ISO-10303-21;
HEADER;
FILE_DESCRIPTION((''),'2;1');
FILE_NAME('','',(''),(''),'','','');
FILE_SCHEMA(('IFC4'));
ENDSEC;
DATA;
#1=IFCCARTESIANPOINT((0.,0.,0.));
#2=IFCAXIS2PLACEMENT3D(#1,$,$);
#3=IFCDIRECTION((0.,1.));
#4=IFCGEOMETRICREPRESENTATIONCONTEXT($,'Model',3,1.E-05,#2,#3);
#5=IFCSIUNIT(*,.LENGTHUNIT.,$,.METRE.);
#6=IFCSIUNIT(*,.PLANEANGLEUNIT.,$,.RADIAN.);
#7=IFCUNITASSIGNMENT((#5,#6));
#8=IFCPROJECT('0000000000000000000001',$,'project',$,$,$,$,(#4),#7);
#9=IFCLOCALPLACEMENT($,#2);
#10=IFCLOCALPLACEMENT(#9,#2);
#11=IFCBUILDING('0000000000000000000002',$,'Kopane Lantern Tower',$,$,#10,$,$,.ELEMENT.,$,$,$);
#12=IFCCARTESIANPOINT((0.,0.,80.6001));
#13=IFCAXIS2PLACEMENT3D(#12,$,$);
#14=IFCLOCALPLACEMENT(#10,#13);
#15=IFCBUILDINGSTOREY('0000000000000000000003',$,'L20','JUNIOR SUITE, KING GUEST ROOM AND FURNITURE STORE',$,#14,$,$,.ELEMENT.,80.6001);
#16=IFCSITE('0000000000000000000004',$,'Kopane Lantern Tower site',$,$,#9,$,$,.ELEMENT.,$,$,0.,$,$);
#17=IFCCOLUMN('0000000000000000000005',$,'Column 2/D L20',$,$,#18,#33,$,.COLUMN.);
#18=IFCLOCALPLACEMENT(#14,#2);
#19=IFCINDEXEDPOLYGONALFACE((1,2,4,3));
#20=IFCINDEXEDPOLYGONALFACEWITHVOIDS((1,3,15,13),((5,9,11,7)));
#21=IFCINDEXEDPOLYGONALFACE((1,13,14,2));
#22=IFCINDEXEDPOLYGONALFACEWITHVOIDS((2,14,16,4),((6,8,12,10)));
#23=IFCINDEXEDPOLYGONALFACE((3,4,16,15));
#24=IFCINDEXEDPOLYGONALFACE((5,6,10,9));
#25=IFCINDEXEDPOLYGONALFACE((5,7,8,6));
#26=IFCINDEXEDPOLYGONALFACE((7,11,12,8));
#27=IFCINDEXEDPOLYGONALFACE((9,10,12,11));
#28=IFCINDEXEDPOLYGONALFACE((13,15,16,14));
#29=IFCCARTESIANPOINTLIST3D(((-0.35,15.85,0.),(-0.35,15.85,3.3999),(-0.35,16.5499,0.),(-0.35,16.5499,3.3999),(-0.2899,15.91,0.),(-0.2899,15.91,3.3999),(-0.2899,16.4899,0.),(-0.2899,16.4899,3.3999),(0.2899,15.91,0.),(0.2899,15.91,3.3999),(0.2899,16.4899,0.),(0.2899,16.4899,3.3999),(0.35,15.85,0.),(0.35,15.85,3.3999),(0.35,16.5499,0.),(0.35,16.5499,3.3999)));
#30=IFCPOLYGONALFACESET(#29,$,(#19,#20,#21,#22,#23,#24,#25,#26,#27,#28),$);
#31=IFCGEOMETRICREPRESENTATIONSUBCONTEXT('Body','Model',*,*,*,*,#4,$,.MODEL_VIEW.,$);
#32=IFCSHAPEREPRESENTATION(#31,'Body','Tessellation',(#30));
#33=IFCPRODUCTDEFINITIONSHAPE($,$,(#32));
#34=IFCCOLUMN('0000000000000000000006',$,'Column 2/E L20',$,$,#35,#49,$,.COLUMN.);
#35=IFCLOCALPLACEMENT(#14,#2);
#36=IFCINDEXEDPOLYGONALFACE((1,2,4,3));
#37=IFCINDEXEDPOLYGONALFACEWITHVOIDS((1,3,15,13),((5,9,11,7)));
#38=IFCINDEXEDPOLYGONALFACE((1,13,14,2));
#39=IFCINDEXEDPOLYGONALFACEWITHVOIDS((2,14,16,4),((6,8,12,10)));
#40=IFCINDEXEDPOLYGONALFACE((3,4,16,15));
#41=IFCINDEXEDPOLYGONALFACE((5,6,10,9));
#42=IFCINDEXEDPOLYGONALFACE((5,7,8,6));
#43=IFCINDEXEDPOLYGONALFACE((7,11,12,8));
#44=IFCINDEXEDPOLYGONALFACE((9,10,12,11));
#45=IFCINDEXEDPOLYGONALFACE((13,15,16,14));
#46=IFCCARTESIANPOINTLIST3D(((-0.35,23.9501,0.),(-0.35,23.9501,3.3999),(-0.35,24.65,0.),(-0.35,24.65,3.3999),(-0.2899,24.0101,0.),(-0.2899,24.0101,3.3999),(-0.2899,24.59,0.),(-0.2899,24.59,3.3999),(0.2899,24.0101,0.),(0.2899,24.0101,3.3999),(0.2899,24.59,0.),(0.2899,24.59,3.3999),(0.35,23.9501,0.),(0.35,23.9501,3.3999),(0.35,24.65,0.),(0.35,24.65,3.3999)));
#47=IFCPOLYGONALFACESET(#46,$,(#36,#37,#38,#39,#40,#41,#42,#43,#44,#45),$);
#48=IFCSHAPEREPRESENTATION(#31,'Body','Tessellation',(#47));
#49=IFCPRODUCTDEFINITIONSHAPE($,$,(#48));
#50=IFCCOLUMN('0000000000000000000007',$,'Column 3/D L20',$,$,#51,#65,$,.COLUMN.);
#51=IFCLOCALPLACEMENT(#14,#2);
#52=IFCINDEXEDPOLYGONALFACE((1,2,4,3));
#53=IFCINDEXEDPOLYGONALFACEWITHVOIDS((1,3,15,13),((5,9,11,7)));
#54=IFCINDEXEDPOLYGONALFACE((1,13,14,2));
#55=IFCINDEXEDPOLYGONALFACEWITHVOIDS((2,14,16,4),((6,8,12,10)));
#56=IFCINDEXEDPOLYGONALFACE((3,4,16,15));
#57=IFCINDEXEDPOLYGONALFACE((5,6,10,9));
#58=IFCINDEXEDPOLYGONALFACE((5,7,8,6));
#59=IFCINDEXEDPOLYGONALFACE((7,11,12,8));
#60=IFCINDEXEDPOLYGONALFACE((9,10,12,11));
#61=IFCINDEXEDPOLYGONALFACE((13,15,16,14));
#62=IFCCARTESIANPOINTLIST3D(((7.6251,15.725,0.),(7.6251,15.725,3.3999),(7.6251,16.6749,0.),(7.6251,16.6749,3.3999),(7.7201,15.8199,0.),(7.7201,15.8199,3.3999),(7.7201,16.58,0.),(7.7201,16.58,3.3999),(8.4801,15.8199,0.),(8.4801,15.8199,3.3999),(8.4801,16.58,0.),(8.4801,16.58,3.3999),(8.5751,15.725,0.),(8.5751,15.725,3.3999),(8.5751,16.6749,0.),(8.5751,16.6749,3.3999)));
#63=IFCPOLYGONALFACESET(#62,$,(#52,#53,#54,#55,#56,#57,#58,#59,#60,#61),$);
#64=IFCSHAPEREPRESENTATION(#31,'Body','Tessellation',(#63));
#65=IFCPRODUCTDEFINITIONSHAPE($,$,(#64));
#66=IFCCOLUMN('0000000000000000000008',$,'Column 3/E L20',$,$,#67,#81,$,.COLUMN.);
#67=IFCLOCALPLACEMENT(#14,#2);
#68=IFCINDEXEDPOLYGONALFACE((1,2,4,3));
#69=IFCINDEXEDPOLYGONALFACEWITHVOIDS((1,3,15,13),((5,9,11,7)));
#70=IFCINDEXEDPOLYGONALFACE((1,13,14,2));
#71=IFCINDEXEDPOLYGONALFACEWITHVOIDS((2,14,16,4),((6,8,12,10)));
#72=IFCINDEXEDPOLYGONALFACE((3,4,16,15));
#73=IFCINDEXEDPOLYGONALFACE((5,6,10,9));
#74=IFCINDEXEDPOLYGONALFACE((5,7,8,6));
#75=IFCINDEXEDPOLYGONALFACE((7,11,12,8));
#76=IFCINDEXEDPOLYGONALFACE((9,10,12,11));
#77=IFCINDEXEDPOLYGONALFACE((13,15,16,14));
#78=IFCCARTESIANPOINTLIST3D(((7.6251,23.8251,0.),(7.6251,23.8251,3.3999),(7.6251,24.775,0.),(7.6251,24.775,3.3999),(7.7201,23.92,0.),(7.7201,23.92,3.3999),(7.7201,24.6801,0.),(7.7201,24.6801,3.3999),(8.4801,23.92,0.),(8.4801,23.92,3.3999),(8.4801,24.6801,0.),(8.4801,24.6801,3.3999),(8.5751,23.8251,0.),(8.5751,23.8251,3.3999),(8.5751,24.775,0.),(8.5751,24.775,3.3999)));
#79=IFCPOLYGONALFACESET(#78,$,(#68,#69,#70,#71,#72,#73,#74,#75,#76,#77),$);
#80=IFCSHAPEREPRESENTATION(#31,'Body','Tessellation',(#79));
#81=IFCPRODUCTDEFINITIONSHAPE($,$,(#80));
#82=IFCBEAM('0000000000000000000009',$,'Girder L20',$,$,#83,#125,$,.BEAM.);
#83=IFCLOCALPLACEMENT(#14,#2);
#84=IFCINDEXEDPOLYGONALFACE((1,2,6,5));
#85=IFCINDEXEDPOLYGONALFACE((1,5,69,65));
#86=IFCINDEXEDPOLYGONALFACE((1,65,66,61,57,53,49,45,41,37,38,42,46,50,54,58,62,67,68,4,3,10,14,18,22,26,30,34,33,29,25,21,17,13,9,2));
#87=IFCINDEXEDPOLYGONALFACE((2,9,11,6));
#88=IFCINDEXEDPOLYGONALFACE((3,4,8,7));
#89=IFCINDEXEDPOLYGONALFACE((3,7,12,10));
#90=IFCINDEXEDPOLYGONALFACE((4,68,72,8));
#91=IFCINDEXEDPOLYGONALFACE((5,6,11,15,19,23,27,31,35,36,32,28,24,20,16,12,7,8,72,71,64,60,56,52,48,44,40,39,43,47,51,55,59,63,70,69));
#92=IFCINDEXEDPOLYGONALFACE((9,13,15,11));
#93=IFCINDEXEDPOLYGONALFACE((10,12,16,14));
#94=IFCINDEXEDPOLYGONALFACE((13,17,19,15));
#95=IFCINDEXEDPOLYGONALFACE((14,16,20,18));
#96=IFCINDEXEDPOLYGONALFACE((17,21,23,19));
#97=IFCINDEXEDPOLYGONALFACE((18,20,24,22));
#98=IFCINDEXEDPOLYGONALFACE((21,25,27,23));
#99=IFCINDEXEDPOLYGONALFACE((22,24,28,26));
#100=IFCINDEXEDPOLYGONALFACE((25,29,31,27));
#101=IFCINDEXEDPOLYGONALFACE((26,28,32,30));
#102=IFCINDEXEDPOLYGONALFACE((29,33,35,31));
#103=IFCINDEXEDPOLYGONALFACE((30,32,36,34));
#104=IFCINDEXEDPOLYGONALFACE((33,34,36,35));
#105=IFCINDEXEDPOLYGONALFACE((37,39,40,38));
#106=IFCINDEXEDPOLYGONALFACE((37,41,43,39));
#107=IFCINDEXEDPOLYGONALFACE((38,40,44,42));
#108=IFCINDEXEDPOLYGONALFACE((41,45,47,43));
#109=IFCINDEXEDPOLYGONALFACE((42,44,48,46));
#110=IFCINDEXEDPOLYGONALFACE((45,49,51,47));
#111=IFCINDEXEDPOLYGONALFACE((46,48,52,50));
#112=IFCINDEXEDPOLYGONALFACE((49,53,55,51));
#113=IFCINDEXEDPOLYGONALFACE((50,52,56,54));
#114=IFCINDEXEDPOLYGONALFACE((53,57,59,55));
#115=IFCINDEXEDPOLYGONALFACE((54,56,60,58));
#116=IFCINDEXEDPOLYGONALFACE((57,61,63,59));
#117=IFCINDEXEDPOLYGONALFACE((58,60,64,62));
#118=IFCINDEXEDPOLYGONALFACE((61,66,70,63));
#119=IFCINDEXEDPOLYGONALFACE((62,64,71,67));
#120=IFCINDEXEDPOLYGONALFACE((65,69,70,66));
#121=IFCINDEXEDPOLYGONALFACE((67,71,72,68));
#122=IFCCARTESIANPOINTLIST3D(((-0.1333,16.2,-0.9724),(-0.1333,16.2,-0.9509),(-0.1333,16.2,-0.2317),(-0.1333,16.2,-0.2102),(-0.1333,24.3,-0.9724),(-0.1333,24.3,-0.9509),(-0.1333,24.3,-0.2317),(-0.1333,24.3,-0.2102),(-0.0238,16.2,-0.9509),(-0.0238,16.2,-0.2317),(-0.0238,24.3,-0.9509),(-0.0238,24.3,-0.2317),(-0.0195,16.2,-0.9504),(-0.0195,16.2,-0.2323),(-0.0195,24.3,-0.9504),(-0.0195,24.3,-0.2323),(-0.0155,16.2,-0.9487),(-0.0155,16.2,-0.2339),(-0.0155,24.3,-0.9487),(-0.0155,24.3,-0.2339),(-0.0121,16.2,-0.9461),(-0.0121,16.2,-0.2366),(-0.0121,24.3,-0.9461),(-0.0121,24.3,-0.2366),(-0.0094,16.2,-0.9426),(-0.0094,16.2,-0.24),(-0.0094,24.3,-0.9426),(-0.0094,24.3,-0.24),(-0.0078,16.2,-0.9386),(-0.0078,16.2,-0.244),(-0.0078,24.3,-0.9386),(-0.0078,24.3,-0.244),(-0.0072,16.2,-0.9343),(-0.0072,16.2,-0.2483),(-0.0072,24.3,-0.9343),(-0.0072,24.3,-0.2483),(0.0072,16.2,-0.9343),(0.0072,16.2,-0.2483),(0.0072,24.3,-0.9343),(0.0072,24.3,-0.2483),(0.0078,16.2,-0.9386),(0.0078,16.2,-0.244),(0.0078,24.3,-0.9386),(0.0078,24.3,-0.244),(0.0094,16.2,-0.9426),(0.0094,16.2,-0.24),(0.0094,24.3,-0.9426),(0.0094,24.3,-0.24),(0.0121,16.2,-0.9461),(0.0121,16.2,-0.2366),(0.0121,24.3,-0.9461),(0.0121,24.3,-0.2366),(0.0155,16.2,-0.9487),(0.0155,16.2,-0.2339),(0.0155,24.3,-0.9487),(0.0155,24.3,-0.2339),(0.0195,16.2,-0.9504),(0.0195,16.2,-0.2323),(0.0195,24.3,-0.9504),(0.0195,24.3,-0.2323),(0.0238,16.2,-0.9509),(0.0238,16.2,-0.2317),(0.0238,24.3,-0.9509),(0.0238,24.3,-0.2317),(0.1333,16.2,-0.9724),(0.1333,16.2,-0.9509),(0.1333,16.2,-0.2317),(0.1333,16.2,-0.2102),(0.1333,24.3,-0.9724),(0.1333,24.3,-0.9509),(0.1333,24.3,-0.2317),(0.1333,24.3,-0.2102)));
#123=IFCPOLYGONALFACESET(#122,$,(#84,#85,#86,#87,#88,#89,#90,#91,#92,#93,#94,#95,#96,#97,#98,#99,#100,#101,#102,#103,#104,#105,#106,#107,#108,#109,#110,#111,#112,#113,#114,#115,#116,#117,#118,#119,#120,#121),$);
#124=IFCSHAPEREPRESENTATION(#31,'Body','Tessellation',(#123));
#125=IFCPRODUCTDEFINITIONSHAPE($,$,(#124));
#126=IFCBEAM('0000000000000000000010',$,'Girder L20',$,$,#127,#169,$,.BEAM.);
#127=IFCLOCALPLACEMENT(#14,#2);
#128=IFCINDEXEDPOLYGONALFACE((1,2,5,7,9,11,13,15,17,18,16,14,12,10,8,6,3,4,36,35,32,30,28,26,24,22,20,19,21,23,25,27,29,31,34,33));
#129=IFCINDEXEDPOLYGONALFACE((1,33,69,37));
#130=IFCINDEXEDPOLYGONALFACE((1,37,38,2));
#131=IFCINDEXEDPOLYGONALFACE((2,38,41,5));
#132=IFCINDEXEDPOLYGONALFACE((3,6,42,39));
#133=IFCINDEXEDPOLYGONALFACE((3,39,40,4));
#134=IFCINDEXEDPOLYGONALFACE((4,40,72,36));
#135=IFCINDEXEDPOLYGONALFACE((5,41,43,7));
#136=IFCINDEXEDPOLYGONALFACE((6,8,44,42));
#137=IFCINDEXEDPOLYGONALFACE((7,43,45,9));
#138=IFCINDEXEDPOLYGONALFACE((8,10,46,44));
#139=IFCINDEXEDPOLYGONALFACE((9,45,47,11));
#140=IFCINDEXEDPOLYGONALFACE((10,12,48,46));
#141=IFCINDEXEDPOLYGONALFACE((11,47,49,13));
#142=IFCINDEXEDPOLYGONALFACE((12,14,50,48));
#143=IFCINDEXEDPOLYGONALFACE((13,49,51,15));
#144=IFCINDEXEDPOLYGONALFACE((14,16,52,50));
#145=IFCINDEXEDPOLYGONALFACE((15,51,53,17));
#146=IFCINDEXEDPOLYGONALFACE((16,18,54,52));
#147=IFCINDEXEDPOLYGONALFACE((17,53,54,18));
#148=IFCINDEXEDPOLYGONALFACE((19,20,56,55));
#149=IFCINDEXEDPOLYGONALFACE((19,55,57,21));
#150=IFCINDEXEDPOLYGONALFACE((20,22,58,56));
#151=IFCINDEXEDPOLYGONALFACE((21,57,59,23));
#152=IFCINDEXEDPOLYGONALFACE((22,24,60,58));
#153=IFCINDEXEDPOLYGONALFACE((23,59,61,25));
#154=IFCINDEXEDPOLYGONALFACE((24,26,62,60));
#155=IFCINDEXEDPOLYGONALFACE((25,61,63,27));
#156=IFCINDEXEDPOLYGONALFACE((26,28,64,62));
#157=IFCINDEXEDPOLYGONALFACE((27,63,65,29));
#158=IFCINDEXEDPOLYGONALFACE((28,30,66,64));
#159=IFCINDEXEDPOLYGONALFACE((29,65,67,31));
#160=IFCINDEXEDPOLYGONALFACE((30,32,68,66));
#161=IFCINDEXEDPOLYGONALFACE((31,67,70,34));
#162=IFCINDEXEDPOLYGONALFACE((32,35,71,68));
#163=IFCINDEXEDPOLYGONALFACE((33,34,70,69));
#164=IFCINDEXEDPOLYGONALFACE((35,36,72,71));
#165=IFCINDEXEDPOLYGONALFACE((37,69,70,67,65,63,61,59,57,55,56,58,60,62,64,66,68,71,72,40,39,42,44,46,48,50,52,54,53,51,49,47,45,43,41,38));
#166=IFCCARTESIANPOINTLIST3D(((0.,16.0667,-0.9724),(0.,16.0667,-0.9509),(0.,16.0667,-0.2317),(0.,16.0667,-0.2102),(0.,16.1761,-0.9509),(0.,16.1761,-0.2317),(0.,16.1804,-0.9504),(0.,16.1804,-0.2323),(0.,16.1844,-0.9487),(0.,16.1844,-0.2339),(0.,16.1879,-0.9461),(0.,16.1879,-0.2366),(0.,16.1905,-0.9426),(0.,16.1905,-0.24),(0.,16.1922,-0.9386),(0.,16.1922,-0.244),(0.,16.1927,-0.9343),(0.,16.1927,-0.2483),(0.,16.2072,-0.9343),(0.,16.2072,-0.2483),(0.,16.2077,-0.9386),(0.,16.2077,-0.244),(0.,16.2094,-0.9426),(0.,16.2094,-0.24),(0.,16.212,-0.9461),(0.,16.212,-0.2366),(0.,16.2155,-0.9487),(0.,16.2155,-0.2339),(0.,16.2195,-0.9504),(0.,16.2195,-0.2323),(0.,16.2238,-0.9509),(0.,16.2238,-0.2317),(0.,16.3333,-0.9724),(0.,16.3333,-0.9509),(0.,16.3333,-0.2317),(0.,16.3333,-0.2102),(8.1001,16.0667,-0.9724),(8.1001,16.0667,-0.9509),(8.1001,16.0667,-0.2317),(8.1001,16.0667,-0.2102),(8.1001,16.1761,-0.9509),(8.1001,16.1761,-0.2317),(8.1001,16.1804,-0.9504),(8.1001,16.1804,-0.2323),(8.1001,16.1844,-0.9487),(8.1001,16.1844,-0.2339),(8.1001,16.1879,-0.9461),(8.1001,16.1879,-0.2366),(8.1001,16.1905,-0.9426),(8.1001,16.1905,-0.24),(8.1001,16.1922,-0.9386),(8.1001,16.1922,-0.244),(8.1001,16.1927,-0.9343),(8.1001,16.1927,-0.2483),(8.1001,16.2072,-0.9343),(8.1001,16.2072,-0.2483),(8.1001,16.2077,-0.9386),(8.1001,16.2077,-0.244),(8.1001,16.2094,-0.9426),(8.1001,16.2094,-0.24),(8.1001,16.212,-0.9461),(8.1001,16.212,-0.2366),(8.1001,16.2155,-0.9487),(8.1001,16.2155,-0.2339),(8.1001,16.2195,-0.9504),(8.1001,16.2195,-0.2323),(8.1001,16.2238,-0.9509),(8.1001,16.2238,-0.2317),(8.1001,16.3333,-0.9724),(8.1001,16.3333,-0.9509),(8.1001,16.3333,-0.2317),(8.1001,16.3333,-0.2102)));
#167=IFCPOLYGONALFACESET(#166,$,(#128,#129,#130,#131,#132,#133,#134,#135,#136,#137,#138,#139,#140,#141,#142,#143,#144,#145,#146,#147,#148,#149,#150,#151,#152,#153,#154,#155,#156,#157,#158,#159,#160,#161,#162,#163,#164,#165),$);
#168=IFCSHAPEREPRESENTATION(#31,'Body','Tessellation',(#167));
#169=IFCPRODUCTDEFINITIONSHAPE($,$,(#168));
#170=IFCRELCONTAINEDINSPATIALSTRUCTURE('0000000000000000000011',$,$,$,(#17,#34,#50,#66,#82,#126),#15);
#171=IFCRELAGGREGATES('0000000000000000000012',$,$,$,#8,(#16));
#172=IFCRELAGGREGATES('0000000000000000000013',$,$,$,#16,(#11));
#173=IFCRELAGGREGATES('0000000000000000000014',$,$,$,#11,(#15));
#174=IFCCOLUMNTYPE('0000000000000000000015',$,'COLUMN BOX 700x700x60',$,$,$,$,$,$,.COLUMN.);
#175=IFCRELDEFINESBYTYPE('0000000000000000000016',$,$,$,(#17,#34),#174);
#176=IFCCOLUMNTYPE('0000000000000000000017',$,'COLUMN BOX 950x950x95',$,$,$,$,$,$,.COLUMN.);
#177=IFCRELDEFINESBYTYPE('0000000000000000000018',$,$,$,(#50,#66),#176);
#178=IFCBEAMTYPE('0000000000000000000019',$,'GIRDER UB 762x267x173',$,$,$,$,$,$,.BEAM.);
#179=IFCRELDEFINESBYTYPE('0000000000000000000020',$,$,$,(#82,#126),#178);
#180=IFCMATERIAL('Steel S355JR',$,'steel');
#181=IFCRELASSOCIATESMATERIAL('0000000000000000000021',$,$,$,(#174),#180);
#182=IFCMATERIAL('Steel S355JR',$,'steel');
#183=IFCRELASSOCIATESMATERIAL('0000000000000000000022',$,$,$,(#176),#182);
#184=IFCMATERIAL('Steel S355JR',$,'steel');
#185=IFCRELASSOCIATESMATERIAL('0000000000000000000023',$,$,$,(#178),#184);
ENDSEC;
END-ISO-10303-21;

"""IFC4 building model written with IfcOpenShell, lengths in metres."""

from ifc_helpers import new_model, si_unit, direction, frame, origin, origin_2d, place, context, subcontext, project, spatial, hollow_rectangle, i_section, extrude, material, material_profile, profile_set, type_object, element, save


model = new_model("IFC4")

# Units and contexts
model_context = context("Model", 3, precision=1e-05, world=origin(), true_north=direction((0.0, 1.0)))
body_context = subcontext(model_context, "Body", "Model", "MODEL_VIEW")
ifc_project = project(units=[si_unit("LENGTHUNIT", "METRE"), si_unit("PLANEANGLEUNIT", "RADIAN")], contexts=[model_context])

# Site, building, storey
site_placement = place(None, origin())
site = spatial("IfcSite", under=ifc_project, at=site_placement, Name="Kopane Lantern Tower site", CompositionType="ELEMENT", RefElevation=0.0)
building_placement = place(site_placement, origin())
building = spatial("IfcBuilding", under=site, at=building_placement, Name="Kopane Lantern Tower", CompositionType="ELEMENT")
storey_placement = place(building_placement, frame((0.0, 0.0, 80.6001)))
storey = spatial("IfcBuildingStorey", under=building, at=storey_placement, Name="L20", Description="JUNIOR SUITE, KING GUEST ROOM AND FURNITURE STORE", CompositionType="ELEMENT", Elevation=80.6001)

# Columns
ifc_material_1 = material(Name="Steel S355JR", Category="steel")
ifc_material_profile_1 = material_profile(ifc_material_1, hollow_rectangle(XDim=0.7, YDim=0.7, WallThickness=0.0601, at=origin_2d()), Name="BOX 700x700x60")
ifc_profile_set_1 = profile_set([ifc_material_profile_1], Name="Steel S355JR")
column_type_1 = type_object("IfcColumnType", Name="COLUMN BOX 700x700x60", PredefinedType="COLUMN", material=ifc_profile_set_1)
for number, where, z_axis, x_axis, name in (
    (1, (0.0, 16.2, 0.0), (0.0, 0.0, 1.0), (1.0, 0.0, 0.0), "Column 2/D L20"),
    (2, (0.0, 24.3, 0.0), (0.0, 0.0, 1.0), (1.0, 0.0, 0.0), "Column 2/E L20"),
):
    element("IfcColumn", number, at=place(storey_placement, frame(where, z_axis=z_axis, x_axis=x_axis)), inside=storey, type_object=column_type_1, Name=name, PredefinedType="COLUMN", context=body_context, shape_type="SweptSolid", body=[
        extrude(hollow_rectangle(XDim=0.7, YDim=0.7, WallThickness=0.0601, at=origin_2d()), origin(), (0.0, 0.0, 1.0), 3.3999),
    ])
ifc_material_2 = material(Name="Steel S355JR", Category="steel")
ifc_material_profile_2 = material_profile(ifc_material_2, hollow_rectangle(XDim=0.95, YDim=0.95, WallThickness=0.095, at=origin_2d()), Name="BOX 950x950x95")
ifc_profile_set_2 = profile_set([ifc_material_profile_2], Name="Steel S355JR")
column_type_2 = type_object("IfcColumnType", Name="COLUMN BOX 950x950x95", PredefinedType="COLUMN", material=ifc_profile_set_2)
for number, where, z_axis, x_axis, name in (
    (3, (8.1001, 16.2, 0.0), (0.0, 0.0, 1.0), (1.0, 0.0, 0.0), "Column 3/D L20"),
    (4, (8.1001, 24.3, 0.0), (0.0, 0.0, 1.0), (1.0, 0.0, 0.0), "Column 3/E L20"),
):
    element("IfcColumn", number, at=place(storey_placement, frame(where, z_axis=z_axis, x_axis=x_axis)), inside=storey, type_object=column_type_2, Name=name, PredefinedType="COLUMN", context=body_context, shape_type="SweptSolid", body=[
        extrude(hollow_rectangle(XDim=0.95, YDim=0.95, WallThickness=0.095, at=origin_2d()), origin(), (0.0, 0.0, 1.0), 3.3999),
    ])

# Beams
ifc_material_3 = material(Name="Steel S355JR", Category="steel")
ifc_material_profile_3 = material_profile(ifc_material_3, i_section(OverallWidth=0.2666, OverallDepth=0.7622, WebThickness=0.0144, FlangeThickness=0.0215, FilletRadius=0.0166, at=origin_2d()), Name="UB 762x267x173")
ifc_profile_set_3 = profile_set([ifc_material_profile_3], Name="Steel S355JR")
beam_type = type_object("IfcBeamType", Name="GIRDER UB 762x267x173", PredefinedType="BEAM", material=ifc_profile_set_3)
for number, where, z_axis, x_axis, name in (
    (5, (0.0, 16.2, -0.5913), (0.0, 1.0, 0.0), (-1.0, 0.0, 0.0), "Girder L20"),
    (6, (0.0, 16.2, -0.5913), (1.0, 0.0, 0.0), (0.0, 1.0, 0.0), "Girder L20"),
):
    element("IfcBeam", number, at=place(storey_placement, frame(where, z_axis=z_axis, x_axis=x_axis)), inside=storey, type_object=beam_type, Name=name, PredefinedType="BEAM", context=body_context, shape_type="SweptSolid", body=[
        extrude(i_section(OverallWidth=0.2666, OverallDepth=0.7622, WebThickness=0.0144, FlangeThickness=0.0215, FilletRadius=0.0166, at=origin_2d()), origin(), (0.0, 0.0, 1.0), 8.1001),
    ])

save(model, "model.ifc")
